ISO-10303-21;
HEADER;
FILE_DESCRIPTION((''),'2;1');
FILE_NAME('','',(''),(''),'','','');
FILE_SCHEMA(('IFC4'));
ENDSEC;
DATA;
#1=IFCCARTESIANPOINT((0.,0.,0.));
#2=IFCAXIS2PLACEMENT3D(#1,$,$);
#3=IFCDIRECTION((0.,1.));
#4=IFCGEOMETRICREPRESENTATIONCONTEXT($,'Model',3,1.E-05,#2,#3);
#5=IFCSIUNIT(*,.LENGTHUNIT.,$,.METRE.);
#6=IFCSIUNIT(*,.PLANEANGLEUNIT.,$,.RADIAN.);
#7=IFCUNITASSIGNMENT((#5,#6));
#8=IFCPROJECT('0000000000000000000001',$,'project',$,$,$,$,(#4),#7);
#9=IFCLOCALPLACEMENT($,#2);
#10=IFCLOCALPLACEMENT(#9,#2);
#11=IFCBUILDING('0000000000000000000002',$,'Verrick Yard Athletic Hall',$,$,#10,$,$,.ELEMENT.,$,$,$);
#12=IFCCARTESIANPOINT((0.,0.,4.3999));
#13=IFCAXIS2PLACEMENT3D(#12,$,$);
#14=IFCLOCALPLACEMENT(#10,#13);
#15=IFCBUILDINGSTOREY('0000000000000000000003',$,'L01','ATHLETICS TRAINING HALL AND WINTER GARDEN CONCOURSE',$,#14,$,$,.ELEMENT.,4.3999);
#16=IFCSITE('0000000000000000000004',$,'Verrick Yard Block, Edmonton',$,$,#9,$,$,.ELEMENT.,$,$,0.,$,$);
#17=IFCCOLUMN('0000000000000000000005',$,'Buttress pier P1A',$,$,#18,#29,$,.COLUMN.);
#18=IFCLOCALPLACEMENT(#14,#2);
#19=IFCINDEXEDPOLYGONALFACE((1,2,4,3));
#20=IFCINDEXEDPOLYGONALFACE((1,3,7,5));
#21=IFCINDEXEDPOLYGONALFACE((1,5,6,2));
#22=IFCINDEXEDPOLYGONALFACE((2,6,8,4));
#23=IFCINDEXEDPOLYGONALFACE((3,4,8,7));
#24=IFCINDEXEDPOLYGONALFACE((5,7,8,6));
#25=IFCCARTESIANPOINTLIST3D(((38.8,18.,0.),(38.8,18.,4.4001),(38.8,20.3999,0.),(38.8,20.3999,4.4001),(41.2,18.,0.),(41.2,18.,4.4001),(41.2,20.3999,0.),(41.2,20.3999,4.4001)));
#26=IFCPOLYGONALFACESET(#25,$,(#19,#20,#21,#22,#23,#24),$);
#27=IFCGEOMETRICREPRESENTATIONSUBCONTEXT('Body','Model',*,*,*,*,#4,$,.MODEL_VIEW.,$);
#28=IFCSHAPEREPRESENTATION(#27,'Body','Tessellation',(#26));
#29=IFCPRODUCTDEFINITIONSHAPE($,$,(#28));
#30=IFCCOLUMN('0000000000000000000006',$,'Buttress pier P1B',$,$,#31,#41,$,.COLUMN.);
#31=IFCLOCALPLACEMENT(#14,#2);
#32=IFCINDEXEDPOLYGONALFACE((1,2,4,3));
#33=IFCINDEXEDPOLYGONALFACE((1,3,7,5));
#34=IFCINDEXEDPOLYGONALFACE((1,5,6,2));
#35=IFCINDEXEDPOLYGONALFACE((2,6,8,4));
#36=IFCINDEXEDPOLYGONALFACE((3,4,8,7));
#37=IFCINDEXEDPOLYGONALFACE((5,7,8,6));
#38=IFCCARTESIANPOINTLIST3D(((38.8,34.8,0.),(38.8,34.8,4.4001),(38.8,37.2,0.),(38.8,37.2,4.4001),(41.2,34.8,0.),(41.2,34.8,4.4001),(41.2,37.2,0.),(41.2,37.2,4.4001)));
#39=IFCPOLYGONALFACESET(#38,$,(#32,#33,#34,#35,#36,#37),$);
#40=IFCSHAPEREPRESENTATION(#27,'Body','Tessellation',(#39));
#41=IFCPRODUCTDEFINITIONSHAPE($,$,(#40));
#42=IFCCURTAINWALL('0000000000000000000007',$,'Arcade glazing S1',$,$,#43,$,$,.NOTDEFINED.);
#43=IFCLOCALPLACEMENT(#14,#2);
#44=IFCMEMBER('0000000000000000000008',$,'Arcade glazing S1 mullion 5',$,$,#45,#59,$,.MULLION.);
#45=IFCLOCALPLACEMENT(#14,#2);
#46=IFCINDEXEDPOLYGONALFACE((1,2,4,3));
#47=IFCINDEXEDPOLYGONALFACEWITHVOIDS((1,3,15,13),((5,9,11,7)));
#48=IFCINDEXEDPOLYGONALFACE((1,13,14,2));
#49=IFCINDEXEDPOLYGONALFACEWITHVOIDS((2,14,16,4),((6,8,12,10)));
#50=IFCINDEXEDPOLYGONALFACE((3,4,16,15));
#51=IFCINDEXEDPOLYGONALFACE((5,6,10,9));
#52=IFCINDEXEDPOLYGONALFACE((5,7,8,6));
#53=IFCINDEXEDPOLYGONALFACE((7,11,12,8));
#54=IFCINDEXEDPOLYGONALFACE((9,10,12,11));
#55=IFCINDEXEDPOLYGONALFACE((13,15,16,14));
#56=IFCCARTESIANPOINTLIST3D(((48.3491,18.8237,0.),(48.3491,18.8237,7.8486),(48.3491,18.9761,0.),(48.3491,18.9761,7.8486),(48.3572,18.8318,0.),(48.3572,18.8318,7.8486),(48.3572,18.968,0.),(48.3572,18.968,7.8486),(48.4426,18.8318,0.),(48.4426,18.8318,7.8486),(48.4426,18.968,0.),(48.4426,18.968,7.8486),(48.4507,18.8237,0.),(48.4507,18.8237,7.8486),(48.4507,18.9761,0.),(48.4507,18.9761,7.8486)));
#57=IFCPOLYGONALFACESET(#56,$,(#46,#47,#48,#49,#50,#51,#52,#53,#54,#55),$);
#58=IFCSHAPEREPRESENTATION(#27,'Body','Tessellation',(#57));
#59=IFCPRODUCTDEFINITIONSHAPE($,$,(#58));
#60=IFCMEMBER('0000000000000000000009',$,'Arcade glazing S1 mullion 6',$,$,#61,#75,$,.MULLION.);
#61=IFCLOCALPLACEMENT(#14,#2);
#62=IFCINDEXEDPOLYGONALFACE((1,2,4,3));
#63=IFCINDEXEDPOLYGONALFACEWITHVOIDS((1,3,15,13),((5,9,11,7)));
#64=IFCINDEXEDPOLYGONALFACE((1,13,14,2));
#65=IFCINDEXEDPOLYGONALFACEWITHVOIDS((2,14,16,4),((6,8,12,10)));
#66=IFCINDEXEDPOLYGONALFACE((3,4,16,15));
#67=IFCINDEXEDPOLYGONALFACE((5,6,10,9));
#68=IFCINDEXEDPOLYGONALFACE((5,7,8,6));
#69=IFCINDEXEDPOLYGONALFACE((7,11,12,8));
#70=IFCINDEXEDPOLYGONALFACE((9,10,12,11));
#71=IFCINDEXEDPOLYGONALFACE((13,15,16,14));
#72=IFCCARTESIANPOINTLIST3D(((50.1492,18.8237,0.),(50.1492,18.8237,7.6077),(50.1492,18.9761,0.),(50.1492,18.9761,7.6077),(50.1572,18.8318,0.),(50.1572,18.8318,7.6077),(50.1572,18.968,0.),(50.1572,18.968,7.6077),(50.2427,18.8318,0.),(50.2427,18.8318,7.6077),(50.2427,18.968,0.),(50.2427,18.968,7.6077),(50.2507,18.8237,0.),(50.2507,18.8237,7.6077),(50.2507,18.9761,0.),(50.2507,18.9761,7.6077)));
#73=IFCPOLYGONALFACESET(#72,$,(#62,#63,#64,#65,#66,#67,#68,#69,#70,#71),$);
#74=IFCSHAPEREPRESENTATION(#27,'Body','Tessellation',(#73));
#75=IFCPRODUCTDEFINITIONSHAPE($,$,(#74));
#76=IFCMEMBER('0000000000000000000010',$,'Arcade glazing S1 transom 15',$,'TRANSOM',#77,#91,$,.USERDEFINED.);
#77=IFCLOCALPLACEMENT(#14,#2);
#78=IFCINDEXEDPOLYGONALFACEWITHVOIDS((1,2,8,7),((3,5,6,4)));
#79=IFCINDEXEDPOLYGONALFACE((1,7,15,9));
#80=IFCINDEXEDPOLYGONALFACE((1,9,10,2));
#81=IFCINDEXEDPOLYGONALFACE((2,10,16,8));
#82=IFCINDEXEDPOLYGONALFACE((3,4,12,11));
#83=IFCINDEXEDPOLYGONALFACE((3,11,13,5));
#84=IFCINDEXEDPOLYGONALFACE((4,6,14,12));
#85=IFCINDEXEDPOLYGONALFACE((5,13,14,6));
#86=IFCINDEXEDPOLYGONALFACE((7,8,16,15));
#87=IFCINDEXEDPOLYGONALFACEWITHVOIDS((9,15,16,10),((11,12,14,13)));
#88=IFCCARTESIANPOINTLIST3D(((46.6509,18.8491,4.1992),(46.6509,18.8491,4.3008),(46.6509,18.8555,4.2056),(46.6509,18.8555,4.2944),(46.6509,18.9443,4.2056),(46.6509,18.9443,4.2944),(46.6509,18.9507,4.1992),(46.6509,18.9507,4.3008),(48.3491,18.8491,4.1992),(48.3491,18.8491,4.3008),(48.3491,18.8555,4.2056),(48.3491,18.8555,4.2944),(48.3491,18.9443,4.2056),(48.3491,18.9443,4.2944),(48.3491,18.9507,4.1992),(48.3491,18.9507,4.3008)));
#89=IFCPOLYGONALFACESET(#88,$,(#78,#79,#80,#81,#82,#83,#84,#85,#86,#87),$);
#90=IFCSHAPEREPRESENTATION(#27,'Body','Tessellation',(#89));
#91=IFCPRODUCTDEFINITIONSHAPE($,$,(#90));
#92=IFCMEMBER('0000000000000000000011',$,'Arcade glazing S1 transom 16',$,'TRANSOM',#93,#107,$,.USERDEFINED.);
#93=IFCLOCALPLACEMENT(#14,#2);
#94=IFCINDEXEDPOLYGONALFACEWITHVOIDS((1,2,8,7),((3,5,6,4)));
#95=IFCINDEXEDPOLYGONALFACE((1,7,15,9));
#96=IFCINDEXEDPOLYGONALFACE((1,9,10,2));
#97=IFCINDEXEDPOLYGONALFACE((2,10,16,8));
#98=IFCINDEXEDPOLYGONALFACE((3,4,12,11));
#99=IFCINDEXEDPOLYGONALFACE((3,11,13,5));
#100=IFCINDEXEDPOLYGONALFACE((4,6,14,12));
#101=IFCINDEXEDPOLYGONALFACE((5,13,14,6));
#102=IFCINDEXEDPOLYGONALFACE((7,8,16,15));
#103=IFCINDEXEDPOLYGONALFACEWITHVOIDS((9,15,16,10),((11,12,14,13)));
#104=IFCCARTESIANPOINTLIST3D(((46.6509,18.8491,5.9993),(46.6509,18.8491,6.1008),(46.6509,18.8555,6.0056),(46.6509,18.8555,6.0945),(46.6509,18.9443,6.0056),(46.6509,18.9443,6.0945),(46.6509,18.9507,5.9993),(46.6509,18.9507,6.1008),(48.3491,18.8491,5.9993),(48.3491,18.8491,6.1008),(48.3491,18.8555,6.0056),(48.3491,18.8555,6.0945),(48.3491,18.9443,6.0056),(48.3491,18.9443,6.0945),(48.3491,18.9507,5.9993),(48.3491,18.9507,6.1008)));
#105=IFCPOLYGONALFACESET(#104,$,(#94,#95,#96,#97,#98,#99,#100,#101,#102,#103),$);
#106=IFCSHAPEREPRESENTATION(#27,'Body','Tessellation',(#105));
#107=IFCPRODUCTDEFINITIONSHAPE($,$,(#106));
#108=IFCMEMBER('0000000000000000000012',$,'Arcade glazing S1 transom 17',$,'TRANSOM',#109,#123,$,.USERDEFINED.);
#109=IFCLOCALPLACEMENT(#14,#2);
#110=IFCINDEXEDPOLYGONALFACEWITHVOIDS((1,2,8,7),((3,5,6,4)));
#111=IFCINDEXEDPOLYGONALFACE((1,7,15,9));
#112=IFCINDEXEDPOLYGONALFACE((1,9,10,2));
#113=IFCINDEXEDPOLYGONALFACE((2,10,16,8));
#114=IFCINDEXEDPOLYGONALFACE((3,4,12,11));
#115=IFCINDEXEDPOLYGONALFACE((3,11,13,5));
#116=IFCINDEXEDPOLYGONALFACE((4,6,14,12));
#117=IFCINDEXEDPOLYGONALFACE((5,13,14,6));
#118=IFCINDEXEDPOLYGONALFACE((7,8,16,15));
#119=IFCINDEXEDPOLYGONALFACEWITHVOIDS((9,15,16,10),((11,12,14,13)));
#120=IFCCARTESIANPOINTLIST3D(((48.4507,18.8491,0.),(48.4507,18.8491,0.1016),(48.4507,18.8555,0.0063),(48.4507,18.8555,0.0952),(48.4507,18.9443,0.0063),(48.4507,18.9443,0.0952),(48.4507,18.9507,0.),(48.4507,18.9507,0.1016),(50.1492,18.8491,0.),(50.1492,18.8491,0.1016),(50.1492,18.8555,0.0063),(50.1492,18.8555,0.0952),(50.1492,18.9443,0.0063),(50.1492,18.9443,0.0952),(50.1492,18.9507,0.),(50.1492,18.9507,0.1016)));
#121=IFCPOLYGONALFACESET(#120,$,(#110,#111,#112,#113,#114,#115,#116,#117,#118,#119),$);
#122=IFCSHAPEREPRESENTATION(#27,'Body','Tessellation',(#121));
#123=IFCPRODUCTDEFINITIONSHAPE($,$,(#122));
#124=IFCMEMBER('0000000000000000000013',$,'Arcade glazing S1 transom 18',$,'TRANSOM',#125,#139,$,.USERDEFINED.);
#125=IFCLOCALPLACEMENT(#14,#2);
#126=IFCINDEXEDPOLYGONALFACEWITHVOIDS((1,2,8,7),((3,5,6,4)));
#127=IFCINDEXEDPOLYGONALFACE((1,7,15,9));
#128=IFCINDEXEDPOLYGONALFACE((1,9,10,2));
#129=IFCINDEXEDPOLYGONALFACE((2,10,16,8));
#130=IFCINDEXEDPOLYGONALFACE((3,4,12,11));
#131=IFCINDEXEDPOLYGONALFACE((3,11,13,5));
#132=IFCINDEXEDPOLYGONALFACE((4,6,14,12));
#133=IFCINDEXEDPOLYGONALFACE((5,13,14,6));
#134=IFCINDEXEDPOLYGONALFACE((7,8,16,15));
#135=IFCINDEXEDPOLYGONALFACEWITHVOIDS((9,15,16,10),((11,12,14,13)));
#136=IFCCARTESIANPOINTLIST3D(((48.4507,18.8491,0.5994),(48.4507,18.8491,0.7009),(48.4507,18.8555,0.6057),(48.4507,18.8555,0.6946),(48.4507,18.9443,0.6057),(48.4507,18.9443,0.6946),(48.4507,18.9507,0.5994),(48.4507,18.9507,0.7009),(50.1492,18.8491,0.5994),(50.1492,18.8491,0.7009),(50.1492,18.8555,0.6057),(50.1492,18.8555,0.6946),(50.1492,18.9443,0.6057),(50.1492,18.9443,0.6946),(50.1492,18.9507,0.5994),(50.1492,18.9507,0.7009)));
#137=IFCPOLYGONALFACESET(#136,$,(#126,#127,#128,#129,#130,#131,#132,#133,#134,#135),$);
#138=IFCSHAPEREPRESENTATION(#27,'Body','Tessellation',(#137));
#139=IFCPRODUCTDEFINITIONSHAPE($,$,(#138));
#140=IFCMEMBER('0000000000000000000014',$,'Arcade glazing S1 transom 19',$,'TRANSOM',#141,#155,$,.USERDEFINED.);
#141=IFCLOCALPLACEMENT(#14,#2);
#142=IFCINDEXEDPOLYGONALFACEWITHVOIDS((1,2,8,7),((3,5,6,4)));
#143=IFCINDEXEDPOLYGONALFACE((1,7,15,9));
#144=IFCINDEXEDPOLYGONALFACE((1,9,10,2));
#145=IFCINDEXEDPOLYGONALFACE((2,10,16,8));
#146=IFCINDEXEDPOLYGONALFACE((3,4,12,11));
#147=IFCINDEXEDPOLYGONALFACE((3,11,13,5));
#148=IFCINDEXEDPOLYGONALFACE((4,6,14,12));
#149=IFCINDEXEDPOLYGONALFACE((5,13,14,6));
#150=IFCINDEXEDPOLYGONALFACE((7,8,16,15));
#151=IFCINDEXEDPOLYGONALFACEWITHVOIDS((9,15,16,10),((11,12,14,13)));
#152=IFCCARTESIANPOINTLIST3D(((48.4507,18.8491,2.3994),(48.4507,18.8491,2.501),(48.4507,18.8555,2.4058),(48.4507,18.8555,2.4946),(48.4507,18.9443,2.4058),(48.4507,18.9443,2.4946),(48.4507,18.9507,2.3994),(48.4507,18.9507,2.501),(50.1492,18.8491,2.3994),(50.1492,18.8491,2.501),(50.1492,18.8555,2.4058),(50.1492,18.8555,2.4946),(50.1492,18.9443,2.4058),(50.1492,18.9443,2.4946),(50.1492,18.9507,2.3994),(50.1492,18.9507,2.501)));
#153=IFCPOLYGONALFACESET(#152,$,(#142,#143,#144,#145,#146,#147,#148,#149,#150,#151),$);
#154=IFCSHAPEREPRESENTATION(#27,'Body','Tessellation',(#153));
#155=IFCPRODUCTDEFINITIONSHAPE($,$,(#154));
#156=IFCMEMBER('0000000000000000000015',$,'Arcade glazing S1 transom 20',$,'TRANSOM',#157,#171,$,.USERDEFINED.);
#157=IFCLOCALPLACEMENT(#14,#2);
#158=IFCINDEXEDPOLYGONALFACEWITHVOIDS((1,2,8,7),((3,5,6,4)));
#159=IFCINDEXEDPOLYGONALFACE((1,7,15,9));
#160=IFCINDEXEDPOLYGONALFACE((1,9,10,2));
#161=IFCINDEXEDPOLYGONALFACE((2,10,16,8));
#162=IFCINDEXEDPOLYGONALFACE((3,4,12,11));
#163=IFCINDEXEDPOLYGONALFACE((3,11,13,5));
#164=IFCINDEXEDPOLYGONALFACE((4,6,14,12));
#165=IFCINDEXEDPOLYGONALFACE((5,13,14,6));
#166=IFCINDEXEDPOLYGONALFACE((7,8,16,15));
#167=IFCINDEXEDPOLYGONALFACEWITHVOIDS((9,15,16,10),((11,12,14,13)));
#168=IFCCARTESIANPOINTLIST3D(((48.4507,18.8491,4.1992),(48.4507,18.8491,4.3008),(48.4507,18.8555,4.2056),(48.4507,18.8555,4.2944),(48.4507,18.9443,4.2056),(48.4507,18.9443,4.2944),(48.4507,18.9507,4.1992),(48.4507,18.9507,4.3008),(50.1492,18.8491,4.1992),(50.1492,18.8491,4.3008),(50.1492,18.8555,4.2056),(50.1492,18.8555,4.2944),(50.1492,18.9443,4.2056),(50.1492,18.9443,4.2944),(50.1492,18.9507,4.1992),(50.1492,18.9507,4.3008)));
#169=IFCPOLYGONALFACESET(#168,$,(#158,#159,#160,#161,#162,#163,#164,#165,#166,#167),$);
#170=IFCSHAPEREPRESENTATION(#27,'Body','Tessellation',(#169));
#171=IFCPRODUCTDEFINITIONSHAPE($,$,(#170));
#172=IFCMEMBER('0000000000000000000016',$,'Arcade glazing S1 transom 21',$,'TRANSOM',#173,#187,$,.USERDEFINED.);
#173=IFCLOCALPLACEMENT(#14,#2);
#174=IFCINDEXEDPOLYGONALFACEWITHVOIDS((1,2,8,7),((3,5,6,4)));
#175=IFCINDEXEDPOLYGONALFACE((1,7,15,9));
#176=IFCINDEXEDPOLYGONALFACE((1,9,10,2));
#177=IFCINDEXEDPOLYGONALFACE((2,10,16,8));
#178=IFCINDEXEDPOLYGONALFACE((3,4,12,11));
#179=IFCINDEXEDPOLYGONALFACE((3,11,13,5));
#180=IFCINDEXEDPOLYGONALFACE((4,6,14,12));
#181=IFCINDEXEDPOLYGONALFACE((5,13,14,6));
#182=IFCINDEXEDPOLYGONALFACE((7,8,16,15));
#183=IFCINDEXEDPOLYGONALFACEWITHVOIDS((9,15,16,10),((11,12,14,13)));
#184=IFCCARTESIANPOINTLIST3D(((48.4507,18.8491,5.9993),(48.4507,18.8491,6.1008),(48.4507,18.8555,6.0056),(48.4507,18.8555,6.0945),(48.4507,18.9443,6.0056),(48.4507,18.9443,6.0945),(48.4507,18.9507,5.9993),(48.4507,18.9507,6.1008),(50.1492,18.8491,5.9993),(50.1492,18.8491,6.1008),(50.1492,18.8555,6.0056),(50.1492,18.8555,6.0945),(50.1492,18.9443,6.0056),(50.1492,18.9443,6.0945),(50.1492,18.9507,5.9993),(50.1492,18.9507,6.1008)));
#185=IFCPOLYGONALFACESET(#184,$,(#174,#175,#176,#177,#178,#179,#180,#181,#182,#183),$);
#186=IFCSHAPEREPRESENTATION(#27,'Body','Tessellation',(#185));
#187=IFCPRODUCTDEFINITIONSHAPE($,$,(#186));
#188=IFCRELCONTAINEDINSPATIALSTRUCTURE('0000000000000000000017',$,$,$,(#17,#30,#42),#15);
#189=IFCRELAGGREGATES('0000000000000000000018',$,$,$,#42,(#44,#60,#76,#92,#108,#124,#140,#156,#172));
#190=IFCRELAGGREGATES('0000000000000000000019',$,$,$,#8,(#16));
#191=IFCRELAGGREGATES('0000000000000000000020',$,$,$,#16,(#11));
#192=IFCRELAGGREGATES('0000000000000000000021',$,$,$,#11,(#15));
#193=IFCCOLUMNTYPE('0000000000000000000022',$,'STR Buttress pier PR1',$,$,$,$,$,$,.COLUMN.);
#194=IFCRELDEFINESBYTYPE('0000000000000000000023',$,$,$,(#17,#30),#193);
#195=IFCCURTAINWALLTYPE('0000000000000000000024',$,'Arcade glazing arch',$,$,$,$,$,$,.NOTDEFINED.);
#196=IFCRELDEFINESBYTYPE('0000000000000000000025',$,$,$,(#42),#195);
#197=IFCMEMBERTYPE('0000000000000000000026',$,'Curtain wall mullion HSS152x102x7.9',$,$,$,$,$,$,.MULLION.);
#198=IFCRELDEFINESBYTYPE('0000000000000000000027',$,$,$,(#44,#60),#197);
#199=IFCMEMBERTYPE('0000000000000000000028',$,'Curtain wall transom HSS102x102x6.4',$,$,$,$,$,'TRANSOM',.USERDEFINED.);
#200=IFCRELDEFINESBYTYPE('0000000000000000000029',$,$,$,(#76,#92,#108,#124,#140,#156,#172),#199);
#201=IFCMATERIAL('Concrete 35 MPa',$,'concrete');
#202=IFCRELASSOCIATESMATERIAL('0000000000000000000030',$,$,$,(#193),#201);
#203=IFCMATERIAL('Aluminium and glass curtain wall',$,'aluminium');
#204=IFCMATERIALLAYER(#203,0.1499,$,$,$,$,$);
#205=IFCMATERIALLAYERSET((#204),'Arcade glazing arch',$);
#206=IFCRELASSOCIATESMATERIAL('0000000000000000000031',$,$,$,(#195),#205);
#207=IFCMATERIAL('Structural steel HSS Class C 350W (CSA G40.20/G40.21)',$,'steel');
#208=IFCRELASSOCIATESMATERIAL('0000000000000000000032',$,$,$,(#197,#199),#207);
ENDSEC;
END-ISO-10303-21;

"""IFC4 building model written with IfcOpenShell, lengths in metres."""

from ifc_helpers import new_model, si_unit, direction, frame, origin, origin_2d, place, context, subcontext, project, spatial, rectangle, hollow_rectangle, extrude, material, layer, layer_set, material_profile, profile_set, type_object, element, aggregate, save


model = new_model("IFC4")

# Units and contexts
model_context = context("Model", 3, precision=1e-05, world=origin(), true_north=direction((0.0, 1.0)))
body_context = subcontext(model_context, "Body", "Model", "MODEL_VIEW")
ifc_project = project(units=[si_unit("LENGTHUNIT", "METRE"), si_unit("PLANEANGLEUNIT", "RADIAN")], contexts=[model_context])

# Site, building, storey
site_placement = place(None, origin())
site = spatial("IfcSite", under=ifc_project, at=site_placement, Name="Verrick Yard Block, Edmonton", CompositionType="ELEMENT", RefElevation=0.0)
building_placement = place(site_placement, origin())
building = spatial("IfcBuilding", under=site, at=building_placement, Name="Verrick Yard Athletic Hall", CompositionType="ELEMENT")
storey_placement = place(building_placement, frame((0.0, 0.0, 4.3999)))
storey = spatial("IfcBuildingStorey", under=building, at=storey_placement, Name="L01", Description="ATHLETICS TRAINING HALL AND WINTER GARDEN CONCOURSE", CompositionType="ELEMENT", Elevation=4.3999)

# Columns
ifc_material_1 = material(Name="Concrete 35 MPa", Category="concrete")
ifc_material_profile_1 = material_profile(ifc_material_1, rectangle(XDim=2.3999, YDim=2.3999, at=origin_2d()), Name="STR Buttress pier PR1")
ifc_profile_set_1 = profile_set([ifc_material_profile_1], Name="Concrete 35 MPa")
column_type = type_object("IfcColumnType", Name="STR Buttress pier PR1", PredefinedType="COLUMN", material=ifc_profile_set_1)
for number, where, z_axis, x_axis, name in (
    (1, (40.0, 19.2, 0.0), (0.0, 0.0, 1.0), (1.0, 0.0, 0.0), "Buttress pier P1A"),
    (2, (40.0, 36.0, 0.0), (0.0, 0.0, 1.0), (1.0, 0.0, 0.0), "Buttress pier P1B"),
):
    element("IfcColumn", number, at=place(storey_placement, frame(where, z_axis=z_axis, x_axis=x_axis)), inside=storey, type_object=column_type, Name=name, PredefinedType="COLUMN", context=body_context, shape_type="SweptSolid", body=[
        extrude(rectangle(XDim=2.3999, YDim=2.3999, at=origin_2d()), origin(), (0.0, 0.0, 1.0), 4.4001),
    ])

# Curtain wall, members
ifc_material_2 = material(Name="Aluminium and glass curtain wall", Category="aluminium")
ifc_layer_1 = layer(ifc_material_2, 0.1499)
ifc_layer_set_1 = layer_set([ifc_layer_1], Name="Arcade glazing arch")
curtain_wall_type_1 = type_object("IfcCurtainWallType", Name="Arcade glazing arch", PredefinedType="NOTDEFINED", material=ifc_layer_set_1)
curtain_wall_1_placement = place(storey_placement, origin())
curtain_wall_1 = element("IfcCurtainWall", 3, at=curtain_wall_1_placement, inside=storey, type_object=curtain_wall_type_1, Name="Arcade glazing S1", PredefinedType="NOTDEFINED")
ifc_material_3 = material(Name="Structural steel HSS Class C 350W (CSA G40.20/G40.21)", Category="steel")
ifc_material_profile_2 = material_profile(ifc_material_3, hollow_rectangle(XDim=0.1016, YDim=0.1523, WallThickness=0.0081, at=origin_2d()), Name="HSS152x102x7.9")
ifc_profile_set_2 = profile_set([ifc_material_profile_2], Name="Structural steel HSS Class C 350W (CSA G40.20/G40.21)")
member_type_1 = type_object("IfcMemberType", Name="Curtain wall mullion HSS152x102x7.9", PredefinedType="MULLION", material=ifc_profile_set_2)
member_1_placement = place(storey_placement, frame((48.3999, 18.8999, 0.0), z_axis=(0.0, 0.0, 1.0), x_axis=(1.0, 0.0, 0.0)))
member_1 = element("IfcMember", 4, at=member_1_placement, type_object=member_type_1, Name="Arcade glazing S1 mullion 5", PredefinedType="MULLION", context=body_context, shape_type="SweptSolid", body=[
    extrude(hollow_rectangle(XDim=0.1016, YDim=0.1523, WallThickness=0.0081, at=origin_2d()), origin(), (0.0, 0.0, 1.0), 7.8486),
])
member_2_placement = place(storey_placement, frame((50.2, 18.8999, 0.0), z_axis=(0.0, 0.0, 1.0), x_axis=(1.0, 0.0, 0.0)))
member_2 = element("IfcMember", 5, at=member_2_placement, type_object=member_type_1, Name="Arcade glazing S1 mullion 6", PredefinedType="MULLION", context=body_context, shape_type="SweptSolid", body=[
    extrude(hollow_rectangle(XDim=0.1016, YDim=0.1523, WallThickness=0.0081, at=origin_2d()), origin(), (0.0, 0.0, 1.0), 7.6077),
])
ifc_material_profile_3 = material_profile(ifc_material_3, hollow_rectangle(XDim=0.1016, YDim=0.1016, WallThickness=0.0063, at=origin_2d()), Name="HSS102x102x6.4")
ifc_profile_set_3 = profile_set([ifc_material_profile_3], Name="Structural steel HSS Class C 350W (CSA G40.20/G40.21)")
member_type_2 = type_object("IfcMemberType", Name="Curtain wall transom HSS102x102x6.4", ElementType="TRANSOM", PredefinedType="USERDEFINED", material=ifc_profile_set_3)
member_3_placement = place(storey_placement, frame((46.6509, 18.8999, 4.25), z_axis=(1.0, 0.0, 0.0), x_axis=(0.0, 1.0, 0.0)))
member_3 = element("IfcMember", 6, at=member_3_placement, type_object=member_type_2, Name="Arcade glazing S1 transom 15", ObjectType="TRANSOM", PredefinedType="USERDEFINED", context=body_context, shape_type="SweptSolid", body=[
    extrude(hollow_rectangle(XDim=0.1016, YDim=0.1016, WallThickness=0.0063, at=origin_2d()), origin(), (0.0, 0.0, 1.0), 1.6982),
])
member_4_placement = place(storey_placement, frame((46.6509, 18.8999, 6.05), z_axis=(1.0, 0.0, 0.0), x_axis=(0.0, 1.0, 0.0)))
member_4 = element("IfcMember", 7, at=member_4_placement, type_object=member_type_2, Name="Arcade glazing S1 transom 16", ObjectType="TRANSOM", PredefinedType="USERDEFINED", context=body_context, shape_type="SweptSolid", body=[
    extrude(hollow_rectangle(XDim=0.1016, YDim=0.1016, WallThickness=0.0063, at=origin_2d()), origin(), (0.0, 0.0, 1.0), 1.6982),
])
member_5_placement = place(storey_placement, frame((48.4507, 18.8999, 0.0508), z_axis=(1.0, 0.0, 0.0), x_axis=(0.0, 1.0, 0.0)))
member_5 = element("IfcMember", 8, at=member_5_placement, type_object=member_type_2, Name="Arcade glazing S1 transom 17", ObjectType="TRANSOM", PredefinedType="USERDEFINED", context=body_context, shape_type="SweptSolid", body=[
    extrude(hollow_rectangle(XDim=0.1016, YDim=0.1016, WallThickness=0.0063, at=origin_2d()), origin(), (0.0, 0.0, 1.0), 1.6985),
])
member_6_placement = place(storey_placement, frame((48.4507, 18.8999, 0.6501), z_axis=(1.0, 0.0, 0.0), x_axis=(0.0, 1.0, 0.0)))
member_6 = element("IfcMember", 9, at=member_6_placement, type_object=member_type_2, Name="Arcade glazing S1 transom 18", ObjectType="TRANSOM", PredefinedType="USERDEFINED", context=body_context, shape_type="SweptSolid", body=[
    extrude(hollow_rectangle(XDim=0.1016, YDim=0.1016, WallThickness=0.0063, at=origin_2d()), origin(), (0.0, 0.0, 1.0), 1.6985),
])
member_7_placement = place(storey_placement, frame((48.4507, 18.8999, 2.4502), z_axis=(1.0, 0.0, 0.0), x_axis=(0.0, 1.0, 0.0)))
member_7 = element("IfcMember", 10, at=member_7_placement, type_object=member_type_2, Name="Arcade glazing S1 transom 19", ObjectType="TRANSOM", PredefinedType="USERDEFINED", context=body_context, shape_type="SweptSolid", body=[
    extrude(hollow_rectangle(XDim=0.1016, YDim=0.1016, WallThickness=0.0063, at=origin_2d()), origin(), (0.0, 0.0, 1.0), 1.6985),
])
member_8_placement = place(storey_placement, frame((48.4507, 18.8999, 4.25), z_axis=(1.0, 0.0, 0.0), x_axis=(0.0, 1.0, 0.0)))
member_8 = element("IfcMember", 11, at=member_8_placement, type_object=member_type_2, Name="Arcade glazing S1 transom 20", ObjectType="TRANSOM", PredefinedType="USERDEFINED", context=body_context, shape_type="SweptSolid", body=[
    extrude(hollow_rectangle(XDim=0.1016, YDim=0.1016, WallThickness=0.0063, at=origin_2d()), origin(), (0.0, 0.0, 1.0), 1.6985),
])
member_9_placement = place(storey_placement, frame((48.4507, 18.8999, 6.05), z_axis=(1.0, 0.0, 0.0), x_axis=(0.0, 1.0, 0.0)))
member_9 = element("IfcMember", 12, at=member_9_placement, type_object=member_type_2, Name="Arcade glazing S1 transom 21", ObjectType="TRANSOM", PredefinedType="USERDEFINED", context=body_context, shape_type="SweptSolid", body=[
    extrude(hollow_rectangle(XDim=0.1016, YDim=0.1016, WallThickness=0.0063, at=origin_2d()), origin(), (0.0, 0.0, 1.0), 1.6985),
])
aggregate(curtain_wall_1, [member_1, member_2, member_3, member_4, member_5, member_6, member_7, member_8, member_9])

save(model, "model.ifc")
